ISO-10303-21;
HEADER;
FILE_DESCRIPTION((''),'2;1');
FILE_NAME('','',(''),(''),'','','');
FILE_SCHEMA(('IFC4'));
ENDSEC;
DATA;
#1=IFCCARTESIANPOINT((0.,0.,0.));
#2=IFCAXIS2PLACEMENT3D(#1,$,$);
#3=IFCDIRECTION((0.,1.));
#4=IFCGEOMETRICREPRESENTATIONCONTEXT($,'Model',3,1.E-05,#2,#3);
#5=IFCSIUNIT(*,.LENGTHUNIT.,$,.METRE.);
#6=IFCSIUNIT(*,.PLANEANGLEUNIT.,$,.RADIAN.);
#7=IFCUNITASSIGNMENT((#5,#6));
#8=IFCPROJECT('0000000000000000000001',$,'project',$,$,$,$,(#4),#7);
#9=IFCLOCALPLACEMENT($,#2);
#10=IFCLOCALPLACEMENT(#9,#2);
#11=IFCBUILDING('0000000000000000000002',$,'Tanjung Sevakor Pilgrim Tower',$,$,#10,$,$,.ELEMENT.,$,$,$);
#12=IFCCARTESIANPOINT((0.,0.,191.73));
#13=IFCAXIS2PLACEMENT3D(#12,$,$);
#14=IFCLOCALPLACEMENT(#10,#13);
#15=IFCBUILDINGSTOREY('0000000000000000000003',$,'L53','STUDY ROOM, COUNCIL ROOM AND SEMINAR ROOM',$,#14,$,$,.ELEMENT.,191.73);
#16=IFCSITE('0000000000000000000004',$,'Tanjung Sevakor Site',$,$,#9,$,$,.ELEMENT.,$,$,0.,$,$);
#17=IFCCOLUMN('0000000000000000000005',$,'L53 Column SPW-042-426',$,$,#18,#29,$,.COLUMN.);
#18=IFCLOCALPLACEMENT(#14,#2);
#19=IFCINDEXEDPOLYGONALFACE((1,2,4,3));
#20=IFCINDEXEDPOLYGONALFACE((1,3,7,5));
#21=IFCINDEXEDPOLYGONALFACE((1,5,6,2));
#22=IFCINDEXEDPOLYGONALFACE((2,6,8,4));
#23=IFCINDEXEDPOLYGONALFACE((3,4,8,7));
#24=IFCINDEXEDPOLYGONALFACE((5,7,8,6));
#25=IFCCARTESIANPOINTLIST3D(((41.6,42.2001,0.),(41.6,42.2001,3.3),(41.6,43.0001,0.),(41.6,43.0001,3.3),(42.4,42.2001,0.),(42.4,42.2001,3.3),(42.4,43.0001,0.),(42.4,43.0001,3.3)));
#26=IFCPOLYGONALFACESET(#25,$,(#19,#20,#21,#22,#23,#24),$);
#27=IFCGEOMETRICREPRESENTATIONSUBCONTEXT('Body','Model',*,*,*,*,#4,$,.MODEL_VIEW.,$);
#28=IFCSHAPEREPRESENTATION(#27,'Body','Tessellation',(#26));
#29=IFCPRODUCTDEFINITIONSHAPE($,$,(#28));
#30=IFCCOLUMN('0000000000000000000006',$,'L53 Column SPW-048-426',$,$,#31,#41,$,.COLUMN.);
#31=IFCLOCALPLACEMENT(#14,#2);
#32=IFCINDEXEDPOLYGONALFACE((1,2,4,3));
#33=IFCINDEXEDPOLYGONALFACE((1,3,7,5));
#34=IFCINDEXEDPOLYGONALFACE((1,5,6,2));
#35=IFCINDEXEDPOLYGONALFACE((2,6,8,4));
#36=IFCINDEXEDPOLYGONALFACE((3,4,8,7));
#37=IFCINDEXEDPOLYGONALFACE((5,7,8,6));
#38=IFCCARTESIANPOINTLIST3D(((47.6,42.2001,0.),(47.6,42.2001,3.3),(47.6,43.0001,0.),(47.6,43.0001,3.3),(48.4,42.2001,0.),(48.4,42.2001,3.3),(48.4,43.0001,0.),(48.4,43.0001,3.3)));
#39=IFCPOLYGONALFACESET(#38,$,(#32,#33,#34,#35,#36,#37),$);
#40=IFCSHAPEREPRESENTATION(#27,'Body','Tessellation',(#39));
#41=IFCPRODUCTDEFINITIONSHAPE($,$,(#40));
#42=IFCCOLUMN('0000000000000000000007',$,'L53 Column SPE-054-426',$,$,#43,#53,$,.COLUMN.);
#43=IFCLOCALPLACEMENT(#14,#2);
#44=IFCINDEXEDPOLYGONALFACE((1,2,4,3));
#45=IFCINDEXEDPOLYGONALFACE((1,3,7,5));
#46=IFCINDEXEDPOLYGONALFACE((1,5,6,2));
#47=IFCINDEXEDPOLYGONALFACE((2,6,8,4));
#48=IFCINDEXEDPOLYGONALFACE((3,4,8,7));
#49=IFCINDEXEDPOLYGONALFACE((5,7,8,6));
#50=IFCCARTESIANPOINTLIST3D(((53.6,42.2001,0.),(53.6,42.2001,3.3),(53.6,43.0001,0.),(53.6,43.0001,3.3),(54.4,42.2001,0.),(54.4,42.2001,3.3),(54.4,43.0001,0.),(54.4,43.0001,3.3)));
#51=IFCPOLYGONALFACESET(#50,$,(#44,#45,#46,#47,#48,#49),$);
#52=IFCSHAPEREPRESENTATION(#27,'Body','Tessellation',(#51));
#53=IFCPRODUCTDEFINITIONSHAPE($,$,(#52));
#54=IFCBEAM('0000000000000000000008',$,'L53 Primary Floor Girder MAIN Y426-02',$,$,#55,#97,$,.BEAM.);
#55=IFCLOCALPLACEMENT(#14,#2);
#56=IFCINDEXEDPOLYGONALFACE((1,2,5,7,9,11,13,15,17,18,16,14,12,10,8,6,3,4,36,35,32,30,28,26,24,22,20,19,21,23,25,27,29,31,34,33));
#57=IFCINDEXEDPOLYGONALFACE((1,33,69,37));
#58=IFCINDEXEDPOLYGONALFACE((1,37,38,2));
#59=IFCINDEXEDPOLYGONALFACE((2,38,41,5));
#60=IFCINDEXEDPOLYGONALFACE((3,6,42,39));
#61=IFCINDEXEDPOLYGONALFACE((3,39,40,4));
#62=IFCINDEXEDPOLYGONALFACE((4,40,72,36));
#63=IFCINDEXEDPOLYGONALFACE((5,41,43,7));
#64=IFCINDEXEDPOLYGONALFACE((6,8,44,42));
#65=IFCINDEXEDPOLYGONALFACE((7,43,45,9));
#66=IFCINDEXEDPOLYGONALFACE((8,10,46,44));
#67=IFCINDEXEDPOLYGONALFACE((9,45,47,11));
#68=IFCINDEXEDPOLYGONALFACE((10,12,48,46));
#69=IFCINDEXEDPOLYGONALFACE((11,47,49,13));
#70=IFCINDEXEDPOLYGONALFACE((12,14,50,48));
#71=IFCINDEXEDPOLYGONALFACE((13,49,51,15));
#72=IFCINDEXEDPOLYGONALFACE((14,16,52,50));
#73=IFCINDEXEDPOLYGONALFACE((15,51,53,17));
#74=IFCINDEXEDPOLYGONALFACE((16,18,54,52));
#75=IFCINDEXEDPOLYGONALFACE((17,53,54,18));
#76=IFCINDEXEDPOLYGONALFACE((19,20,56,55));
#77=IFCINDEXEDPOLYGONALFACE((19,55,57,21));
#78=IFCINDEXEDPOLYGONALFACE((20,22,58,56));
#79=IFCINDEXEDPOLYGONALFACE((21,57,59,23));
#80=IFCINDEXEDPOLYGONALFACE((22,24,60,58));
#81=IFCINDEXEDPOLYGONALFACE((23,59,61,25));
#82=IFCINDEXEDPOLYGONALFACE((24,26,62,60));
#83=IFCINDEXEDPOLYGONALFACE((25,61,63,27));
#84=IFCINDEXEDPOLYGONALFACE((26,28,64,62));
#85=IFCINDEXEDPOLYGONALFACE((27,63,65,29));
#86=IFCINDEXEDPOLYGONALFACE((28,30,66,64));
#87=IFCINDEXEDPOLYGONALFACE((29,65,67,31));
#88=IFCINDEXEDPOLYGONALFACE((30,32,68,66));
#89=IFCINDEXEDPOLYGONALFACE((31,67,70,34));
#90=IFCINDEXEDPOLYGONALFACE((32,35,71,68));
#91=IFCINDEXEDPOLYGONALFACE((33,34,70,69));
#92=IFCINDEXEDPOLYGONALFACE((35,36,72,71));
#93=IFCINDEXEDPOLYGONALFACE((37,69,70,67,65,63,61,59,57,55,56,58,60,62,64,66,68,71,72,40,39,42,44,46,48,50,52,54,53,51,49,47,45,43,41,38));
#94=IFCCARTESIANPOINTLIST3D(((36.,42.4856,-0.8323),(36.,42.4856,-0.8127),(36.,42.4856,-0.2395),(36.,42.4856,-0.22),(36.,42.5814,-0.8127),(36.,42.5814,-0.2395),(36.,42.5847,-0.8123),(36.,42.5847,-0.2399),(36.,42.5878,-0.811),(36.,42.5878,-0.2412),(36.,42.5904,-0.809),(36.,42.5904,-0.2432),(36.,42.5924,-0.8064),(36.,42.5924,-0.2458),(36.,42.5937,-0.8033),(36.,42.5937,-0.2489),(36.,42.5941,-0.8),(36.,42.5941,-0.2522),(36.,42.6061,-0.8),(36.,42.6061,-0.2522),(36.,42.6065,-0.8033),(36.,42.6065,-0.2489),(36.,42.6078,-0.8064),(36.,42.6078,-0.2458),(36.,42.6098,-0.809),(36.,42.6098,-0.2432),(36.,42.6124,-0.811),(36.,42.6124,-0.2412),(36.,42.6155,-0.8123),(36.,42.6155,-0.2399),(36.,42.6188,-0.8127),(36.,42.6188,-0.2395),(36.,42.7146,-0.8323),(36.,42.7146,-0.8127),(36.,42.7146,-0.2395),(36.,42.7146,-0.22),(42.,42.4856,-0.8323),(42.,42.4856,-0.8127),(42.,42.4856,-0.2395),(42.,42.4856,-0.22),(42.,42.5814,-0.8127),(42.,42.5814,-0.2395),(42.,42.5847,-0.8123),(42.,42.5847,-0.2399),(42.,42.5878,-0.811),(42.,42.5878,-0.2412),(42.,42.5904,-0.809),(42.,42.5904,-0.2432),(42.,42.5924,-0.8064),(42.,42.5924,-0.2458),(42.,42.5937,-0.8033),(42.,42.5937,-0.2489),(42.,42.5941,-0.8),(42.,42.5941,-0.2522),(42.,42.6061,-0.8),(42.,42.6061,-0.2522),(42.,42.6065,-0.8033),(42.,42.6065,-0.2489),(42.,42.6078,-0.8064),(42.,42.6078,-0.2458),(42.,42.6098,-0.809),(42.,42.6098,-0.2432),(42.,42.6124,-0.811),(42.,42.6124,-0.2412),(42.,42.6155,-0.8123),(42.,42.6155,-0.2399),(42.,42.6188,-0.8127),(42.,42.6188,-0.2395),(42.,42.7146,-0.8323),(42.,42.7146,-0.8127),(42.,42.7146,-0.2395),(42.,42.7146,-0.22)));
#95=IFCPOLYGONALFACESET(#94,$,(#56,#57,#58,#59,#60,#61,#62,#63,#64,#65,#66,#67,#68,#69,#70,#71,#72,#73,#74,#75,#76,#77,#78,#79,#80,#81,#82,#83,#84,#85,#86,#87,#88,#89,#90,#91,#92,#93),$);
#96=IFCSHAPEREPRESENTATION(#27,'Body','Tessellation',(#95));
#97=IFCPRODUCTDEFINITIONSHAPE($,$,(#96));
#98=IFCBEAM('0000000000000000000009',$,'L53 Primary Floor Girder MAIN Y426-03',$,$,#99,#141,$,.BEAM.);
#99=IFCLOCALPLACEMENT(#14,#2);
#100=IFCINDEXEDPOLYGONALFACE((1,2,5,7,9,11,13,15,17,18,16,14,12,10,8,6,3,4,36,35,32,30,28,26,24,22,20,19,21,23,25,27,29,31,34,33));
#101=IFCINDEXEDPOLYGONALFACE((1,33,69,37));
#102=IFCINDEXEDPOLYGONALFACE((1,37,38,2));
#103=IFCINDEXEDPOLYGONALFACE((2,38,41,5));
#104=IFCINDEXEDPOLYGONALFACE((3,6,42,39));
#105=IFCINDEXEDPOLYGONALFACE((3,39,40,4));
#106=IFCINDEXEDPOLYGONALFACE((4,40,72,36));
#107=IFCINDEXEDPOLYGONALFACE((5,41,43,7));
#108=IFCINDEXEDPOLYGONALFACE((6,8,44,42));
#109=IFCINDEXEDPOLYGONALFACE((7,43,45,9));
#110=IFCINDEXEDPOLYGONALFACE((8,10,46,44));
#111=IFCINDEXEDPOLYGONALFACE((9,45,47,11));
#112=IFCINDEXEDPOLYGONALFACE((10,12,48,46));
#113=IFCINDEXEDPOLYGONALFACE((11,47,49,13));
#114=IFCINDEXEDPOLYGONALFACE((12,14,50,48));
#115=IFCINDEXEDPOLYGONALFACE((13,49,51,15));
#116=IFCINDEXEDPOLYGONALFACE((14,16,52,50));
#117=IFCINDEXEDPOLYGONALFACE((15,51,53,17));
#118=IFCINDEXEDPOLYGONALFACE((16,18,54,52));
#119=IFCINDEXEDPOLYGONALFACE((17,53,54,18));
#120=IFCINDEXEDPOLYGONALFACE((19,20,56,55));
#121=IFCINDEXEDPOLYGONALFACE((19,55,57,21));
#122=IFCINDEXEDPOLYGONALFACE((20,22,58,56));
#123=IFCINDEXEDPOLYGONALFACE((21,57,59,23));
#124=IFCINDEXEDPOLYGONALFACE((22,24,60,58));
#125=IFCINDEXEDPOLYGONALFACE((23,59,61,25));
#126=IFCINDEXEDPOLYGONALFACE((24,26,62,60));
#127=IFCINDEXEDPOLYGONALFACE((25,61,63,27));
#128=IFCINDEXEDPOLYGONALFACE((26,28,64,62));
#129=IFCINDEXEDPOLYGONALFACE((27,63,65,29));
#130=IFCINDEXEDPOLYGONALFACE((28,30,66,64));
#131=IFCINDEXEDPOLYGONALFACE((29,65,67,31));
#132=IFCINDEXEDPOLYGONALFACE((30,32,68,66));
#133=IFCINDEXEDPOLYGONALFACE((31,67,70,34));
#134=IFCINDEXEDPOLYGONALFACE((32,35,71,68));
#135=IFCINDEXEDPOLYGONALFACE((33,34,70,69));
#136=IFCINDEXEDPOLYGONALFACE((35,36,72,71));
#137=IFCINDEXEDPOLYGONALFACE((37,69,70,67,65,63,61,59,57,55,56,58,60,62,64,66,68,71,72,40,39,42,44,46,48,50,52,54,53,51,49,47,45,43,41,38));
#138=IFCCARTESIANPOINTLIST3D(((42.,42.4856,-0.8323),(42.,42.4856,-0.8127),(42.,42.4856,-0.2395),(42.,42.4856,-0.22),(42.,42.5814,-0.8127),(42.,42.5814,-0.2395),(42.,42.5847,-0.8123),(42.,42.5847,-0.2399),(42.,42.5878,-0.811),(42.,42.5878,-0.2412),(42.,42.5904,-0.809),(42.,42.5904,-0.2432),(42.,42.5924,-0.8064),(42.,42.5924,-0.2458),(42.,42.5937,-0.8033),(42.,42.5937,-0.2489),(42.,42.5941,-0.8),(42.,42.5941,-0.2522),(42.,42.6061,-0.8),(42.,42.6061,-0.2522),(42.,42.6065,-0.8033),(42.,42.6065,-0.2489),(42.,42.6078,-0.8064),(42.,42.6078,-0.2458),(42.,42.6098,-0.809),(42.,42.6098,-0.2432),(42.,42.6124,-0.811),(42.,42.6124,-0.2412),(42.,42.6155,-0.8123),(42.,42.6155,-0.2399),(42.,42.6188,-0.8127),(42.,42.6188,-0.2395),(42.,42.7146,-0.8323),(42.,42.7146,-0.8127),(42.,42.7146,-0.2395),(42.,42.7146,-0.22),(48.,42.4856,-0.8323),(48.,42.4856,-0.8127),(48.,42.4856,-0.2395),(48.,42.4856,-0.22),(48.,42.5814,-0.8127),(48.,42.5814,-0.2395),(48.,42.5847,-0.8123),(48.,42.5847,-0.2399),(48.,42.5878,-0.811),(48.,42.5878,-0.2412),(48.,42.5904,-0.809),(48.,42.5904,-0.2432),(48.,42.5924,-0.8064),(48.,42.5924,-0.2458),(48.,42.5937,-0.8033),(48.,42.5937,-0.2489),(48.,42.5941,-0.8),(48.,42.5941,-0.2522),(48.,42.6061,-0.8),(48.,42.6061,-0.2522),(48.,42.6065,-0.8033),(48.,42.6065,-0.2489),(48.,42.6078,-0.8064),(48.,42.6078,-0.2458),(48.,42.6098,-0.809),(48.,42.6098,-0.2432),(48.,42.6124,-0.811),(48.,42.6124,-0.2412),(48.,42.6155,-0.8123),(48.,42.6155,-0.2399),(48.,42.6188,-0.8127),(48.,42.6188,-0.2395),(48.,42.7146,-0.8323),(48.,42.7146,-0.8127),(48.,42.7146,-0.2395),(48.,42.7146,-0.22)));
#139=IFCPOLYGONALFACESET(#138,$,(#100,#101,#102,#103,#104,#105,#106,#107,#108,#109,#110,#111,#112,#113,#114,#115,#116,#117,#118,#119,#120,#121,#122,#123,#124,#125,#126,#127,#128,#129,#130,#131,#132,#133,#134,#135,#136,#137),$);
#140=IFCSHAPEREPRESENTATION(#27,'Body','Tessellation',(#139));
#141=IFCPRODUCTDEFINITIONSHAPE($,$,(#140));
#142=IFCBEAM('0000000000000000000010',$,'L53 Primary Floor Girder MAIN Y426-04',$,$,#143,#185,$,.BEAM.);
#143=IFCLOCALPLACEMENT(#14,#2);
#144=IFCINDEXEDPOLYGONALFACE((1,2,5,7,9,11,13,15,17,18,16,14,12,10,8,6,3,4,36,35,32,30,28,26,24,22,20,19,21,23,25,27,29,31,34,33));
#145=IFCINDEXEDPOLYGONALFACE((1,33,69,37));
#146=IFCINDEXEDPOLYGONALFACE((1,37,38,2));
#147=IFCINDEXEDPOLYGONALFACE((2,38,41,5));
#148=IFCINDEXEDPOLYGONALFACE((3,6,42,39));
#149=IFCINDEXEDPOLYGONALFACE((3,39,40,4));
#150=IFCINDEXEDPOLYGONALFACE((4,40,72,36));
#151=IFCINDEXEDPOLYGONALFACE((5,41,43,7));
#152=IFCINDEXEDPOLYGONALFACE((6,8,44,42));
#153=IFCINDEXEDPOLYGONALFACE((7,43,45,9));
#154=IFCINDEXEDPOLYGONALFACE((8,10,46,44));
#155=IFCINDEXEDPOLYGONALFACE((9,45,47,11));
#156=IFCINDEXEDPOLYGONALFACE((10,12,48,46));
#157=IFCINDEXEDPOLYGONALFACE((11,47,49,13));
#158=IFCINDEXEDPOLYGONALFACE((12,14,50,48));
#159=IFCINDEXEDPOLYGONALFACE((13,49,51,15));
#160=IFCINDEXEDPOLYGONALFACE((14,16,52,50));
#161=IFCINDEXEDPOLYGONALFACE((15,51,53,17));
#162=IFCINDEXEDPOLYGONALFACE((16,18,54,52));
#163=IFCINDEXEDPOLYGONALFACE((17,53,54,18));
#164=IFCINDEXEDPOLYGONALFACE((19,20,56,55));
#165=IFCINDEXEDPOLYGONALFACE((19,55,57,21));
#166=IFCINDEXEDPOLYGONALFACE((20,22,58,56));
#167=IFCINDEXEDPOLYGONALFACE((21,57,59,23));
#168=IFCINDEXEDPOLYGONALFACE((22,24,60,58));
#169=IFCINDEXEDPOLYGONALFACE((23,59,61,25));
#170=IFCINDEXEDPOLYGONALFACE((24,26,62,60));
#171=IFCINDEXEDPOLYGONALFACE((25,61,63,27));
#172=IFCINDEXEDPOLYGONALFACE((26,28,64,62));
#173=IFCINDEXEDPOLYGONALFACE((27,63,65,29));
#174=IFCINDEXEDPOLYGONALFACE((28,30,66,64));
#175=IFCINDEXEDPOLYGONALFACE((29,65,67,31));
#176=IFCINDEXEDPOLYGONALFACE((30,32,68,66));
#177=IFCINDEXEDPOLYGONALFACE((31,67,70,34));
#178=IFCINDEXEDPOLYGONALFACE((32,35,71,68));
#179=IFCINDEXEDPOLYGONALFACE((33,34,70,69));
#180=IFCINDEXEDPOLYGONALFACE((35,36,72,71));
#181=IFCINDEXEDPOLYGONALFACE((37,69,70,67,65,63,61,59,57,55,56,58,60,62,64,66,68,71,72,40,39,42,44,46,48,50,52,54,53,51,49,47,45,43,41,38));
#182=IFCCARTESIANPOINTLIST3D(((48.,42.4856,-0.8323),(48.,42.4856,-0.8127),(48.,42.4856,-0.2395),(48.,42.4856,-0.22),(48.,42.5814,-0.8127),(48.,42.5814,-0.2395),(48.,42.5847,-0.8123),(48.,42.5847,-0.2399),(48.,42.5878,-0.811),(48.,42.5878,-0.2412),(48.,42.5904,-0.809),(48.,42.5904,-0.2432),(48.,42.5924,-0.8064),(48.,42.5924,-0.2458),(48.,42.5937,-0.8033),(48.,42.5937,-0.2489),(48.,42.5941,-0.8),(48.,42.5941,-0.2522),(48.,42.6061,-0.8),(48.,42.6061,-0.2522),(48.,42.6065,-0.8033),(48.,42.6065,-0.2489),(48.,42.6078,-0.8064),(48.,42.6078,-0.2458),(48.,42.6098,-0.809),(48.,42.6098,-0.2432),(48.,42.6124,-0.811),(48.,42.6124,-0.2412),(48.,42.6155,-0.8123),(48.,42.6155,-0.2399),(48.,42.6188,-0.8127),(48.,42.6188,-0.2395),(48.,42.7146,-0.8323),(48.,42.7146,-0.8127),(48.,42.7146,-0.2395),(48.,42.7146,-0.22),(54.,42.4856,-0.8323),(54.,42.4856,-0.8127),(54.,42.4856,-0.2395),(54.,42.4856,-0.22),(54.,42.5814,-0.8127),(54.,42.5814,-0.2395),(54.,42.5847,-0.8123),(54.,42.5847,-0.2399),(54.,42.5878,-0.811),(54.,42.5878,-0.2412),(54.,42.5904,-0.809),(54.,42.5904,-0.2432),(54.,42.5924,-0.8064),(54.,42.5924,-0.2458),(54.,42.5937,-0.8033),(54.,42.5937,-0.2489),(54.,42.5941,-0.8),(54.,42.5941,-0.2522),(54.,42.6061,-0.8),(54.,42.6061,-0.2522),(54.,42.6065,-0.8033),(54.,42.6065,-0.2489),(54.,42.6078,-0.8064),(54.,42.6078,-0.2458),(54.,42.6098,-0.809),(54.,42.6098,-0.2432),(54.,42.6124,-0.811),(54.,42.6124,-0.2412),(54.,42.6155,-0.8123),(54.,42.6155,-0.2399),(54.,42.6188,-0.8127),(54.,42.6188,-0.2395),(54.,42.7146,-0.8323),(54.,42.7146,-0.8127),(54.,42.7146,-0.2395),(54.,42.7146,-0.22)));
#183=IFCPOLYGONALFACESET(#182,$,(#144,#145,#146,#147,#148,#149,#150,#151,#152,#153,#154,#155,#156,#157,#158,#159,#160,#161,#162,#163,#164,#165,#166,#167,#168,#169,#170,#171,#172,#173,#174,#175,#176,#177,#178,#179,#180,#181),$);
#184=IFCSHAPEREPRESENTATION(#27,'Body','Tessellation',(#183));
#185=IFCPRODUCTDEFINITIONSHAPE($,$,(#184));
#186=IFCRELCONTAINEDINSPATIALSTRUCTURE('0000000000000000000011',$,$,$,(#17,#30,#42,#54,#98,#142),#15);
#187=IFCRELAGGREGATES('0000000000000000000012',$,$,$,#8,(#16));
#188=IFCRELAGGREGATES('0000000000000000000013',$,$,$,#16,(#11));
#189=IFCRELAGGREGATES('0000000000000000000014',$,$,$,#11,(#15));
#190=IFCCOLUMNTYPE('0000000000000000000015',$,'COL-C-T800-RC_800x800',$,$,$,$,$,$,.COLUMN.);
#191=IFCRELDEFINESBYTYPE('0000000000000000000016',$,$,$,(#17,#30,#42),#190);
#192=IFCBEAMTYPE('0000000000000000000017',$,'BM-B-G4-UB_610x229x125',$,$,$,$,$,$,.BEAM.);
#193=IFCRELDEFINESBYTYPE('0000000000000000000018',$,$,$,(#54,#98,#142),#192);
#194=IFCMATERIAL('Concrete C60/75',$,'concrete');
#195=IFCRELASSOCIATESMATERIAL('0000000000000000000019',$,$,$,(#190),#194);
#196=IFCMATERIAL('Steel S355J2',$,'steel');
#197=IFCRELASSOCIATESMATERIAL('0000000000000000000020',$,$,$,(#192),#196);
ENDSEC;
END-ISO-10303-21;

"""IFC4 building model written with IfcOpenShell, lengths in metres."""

from ifc_helpers import new_model, si_unit, direction, frame, origin, origin_2d, place, context, subcontext, project, spatial, rectangle, i_section, extrude, material, material_profile, profile_set, type_object, element, save


model = new_model("IFC4")

# Units and contexts
model_context = context("Model", 3, precision=1e-05, world=origin(), true_north=direction((0.0, 1.0)))
body_context = subcontext(model_context, "Body", "Model", "MODEL_VIEW")
ifc_project = project(units=[si_unit("LENGTHUNIT", "METRE"), si_unit("PLANEANGLEUNIT", "RADIAN")], contexts=[model_context])

# Site, building, storey
site_placement = place(None, origin())
site = spatial("IfcSite", under=ifc_project, at=site_placement, Name="Tanjung Sevakor Site", CompositionType="ELEMENT", RefElevation=0.0)
building_placement = place(site_placement, origin())
building = spatial("IfcBuilding", under=site, at=building_placement, Name="Tanjung Sevakor Pilgrim Tower", CompositionType="ELEMENT")
storey_placement = place(building_placement, frame((0.0, 0.0, 191.73)))
storey = spatial("IfcBuildingStorey", under=building, at=storey_placement, Name="L53", Description="STUDY ROOM, COUNCIL ROOM AND SEMINAR ROOM", CompositionType="ELEMENT", Elevation=191.73)

# Columns
ifc_material_1 = material(Name="Concrete C60/75", Category="concrete")
ifc_material_profile_1 = material_profile(ifc_material_1, rectangle(XDim=0.8, YDim=0.8, at=origin_2d()))
ifc_profile_set_1 = profile_set([ifc_material_profile_1], Name="Concrete C60/75")
column_type = type_object("IfcColumnType", Name="COL-C-T800-RC_800x800", PredefinedType="COLUMN", material=ifc_profile_set_1)
for number, where, z_axis, x_axis, name in (
    (1, (42.0, 42.6001, 0.0), (0.0, 0.0, 1.0), (1.0, 0.0, 0.0), "L53 Column SPW-042-426"),
    (2, (48.0, 42.6001, 0.0), (0.0, 0.0, 1.0), (1.0, 0.0, 0.0), "L53 Column SPW-048-426"),
    (3, (54.0, 42.6001, 0.0), (0.0, 0.0, 1.0), (1.0, 0.0, 0.0), "L53 Column SPE-054-426"),
):
    element("IfcColumn", number, at=place(storey_placement, frame(where, z_axis=z_axis, x_axis=x_axis)), inside=storey, type_object=column_type, Name=name, PredefinedType="COLUMN", context=body_context, shape_type="SweptSolid", body=[
        extrude(rectangle(XDim=0.8, YDim=0.8, at=origin_2d()), origin(), (0.0, 0.0, 1.0), 3.3),
    ])

# Beams
ifc_material_2 = material(Name="Steel S355J2", Category="steel")
ifc_material_profile_2 = material_profile(ifc_material_2, i_section(OverallWidth=0.229, OverallDepth=0.6123, WebThickness=0.012, FlangeThickness=0.0195, FilletRadius=0.0127, at=origin_2d()))
ifc_profile_set_2 = profile_set([ifc_material_profile_2], Name="Steel S355J2")
beam_type_1 = type_object("IfcBeamType", Name="BM-B-G4-UB_610x229x125", PredefinedType="BEAM", material=ifc_profile_set_2)
for number, where, z_axis, x_axis, name in (
    (4, (36.0, 42.6001, -0.5261), (1.0, 0.0, 0.0), (0.0, 1.0, 0.0), "L53 Primary Floor Girder MAIN Y426-02"),
    (5, (42.0, 42.6001, -0.5261), (1.0, 0.0, 0.0), (0.0, 1.0, 0.0), "L53 Primary Floor Girder MAIN Y426-03"),
    (6, (48.0, 42.6001, -0.5261), (1.0, 0.0, 0.0), (0.0, 1.0, 0.0), "L53 Primary Floor Girder MAIN Y426-04"),
):
    element("IfcBeam", number, at=place(storey_placement, frame(where, z_axis=z_axis, x_axis=x_axis)), inside=storey, type_object=beam_type_1, Name=name, PredefinedType="BEAM", context=body_context, shape_type="SweptSolid", body=[
        extrude(i_section(OverallWidth=0.229, OverallDepth=0.6123, WebThickness=0.012, FlangeThickness=0.0195, FilletRadius=0.0127, at=origin_2d()), origin(), (0.0, 0.0, 1.0), 6.0),
    ])

save(model, "model.ifc")
